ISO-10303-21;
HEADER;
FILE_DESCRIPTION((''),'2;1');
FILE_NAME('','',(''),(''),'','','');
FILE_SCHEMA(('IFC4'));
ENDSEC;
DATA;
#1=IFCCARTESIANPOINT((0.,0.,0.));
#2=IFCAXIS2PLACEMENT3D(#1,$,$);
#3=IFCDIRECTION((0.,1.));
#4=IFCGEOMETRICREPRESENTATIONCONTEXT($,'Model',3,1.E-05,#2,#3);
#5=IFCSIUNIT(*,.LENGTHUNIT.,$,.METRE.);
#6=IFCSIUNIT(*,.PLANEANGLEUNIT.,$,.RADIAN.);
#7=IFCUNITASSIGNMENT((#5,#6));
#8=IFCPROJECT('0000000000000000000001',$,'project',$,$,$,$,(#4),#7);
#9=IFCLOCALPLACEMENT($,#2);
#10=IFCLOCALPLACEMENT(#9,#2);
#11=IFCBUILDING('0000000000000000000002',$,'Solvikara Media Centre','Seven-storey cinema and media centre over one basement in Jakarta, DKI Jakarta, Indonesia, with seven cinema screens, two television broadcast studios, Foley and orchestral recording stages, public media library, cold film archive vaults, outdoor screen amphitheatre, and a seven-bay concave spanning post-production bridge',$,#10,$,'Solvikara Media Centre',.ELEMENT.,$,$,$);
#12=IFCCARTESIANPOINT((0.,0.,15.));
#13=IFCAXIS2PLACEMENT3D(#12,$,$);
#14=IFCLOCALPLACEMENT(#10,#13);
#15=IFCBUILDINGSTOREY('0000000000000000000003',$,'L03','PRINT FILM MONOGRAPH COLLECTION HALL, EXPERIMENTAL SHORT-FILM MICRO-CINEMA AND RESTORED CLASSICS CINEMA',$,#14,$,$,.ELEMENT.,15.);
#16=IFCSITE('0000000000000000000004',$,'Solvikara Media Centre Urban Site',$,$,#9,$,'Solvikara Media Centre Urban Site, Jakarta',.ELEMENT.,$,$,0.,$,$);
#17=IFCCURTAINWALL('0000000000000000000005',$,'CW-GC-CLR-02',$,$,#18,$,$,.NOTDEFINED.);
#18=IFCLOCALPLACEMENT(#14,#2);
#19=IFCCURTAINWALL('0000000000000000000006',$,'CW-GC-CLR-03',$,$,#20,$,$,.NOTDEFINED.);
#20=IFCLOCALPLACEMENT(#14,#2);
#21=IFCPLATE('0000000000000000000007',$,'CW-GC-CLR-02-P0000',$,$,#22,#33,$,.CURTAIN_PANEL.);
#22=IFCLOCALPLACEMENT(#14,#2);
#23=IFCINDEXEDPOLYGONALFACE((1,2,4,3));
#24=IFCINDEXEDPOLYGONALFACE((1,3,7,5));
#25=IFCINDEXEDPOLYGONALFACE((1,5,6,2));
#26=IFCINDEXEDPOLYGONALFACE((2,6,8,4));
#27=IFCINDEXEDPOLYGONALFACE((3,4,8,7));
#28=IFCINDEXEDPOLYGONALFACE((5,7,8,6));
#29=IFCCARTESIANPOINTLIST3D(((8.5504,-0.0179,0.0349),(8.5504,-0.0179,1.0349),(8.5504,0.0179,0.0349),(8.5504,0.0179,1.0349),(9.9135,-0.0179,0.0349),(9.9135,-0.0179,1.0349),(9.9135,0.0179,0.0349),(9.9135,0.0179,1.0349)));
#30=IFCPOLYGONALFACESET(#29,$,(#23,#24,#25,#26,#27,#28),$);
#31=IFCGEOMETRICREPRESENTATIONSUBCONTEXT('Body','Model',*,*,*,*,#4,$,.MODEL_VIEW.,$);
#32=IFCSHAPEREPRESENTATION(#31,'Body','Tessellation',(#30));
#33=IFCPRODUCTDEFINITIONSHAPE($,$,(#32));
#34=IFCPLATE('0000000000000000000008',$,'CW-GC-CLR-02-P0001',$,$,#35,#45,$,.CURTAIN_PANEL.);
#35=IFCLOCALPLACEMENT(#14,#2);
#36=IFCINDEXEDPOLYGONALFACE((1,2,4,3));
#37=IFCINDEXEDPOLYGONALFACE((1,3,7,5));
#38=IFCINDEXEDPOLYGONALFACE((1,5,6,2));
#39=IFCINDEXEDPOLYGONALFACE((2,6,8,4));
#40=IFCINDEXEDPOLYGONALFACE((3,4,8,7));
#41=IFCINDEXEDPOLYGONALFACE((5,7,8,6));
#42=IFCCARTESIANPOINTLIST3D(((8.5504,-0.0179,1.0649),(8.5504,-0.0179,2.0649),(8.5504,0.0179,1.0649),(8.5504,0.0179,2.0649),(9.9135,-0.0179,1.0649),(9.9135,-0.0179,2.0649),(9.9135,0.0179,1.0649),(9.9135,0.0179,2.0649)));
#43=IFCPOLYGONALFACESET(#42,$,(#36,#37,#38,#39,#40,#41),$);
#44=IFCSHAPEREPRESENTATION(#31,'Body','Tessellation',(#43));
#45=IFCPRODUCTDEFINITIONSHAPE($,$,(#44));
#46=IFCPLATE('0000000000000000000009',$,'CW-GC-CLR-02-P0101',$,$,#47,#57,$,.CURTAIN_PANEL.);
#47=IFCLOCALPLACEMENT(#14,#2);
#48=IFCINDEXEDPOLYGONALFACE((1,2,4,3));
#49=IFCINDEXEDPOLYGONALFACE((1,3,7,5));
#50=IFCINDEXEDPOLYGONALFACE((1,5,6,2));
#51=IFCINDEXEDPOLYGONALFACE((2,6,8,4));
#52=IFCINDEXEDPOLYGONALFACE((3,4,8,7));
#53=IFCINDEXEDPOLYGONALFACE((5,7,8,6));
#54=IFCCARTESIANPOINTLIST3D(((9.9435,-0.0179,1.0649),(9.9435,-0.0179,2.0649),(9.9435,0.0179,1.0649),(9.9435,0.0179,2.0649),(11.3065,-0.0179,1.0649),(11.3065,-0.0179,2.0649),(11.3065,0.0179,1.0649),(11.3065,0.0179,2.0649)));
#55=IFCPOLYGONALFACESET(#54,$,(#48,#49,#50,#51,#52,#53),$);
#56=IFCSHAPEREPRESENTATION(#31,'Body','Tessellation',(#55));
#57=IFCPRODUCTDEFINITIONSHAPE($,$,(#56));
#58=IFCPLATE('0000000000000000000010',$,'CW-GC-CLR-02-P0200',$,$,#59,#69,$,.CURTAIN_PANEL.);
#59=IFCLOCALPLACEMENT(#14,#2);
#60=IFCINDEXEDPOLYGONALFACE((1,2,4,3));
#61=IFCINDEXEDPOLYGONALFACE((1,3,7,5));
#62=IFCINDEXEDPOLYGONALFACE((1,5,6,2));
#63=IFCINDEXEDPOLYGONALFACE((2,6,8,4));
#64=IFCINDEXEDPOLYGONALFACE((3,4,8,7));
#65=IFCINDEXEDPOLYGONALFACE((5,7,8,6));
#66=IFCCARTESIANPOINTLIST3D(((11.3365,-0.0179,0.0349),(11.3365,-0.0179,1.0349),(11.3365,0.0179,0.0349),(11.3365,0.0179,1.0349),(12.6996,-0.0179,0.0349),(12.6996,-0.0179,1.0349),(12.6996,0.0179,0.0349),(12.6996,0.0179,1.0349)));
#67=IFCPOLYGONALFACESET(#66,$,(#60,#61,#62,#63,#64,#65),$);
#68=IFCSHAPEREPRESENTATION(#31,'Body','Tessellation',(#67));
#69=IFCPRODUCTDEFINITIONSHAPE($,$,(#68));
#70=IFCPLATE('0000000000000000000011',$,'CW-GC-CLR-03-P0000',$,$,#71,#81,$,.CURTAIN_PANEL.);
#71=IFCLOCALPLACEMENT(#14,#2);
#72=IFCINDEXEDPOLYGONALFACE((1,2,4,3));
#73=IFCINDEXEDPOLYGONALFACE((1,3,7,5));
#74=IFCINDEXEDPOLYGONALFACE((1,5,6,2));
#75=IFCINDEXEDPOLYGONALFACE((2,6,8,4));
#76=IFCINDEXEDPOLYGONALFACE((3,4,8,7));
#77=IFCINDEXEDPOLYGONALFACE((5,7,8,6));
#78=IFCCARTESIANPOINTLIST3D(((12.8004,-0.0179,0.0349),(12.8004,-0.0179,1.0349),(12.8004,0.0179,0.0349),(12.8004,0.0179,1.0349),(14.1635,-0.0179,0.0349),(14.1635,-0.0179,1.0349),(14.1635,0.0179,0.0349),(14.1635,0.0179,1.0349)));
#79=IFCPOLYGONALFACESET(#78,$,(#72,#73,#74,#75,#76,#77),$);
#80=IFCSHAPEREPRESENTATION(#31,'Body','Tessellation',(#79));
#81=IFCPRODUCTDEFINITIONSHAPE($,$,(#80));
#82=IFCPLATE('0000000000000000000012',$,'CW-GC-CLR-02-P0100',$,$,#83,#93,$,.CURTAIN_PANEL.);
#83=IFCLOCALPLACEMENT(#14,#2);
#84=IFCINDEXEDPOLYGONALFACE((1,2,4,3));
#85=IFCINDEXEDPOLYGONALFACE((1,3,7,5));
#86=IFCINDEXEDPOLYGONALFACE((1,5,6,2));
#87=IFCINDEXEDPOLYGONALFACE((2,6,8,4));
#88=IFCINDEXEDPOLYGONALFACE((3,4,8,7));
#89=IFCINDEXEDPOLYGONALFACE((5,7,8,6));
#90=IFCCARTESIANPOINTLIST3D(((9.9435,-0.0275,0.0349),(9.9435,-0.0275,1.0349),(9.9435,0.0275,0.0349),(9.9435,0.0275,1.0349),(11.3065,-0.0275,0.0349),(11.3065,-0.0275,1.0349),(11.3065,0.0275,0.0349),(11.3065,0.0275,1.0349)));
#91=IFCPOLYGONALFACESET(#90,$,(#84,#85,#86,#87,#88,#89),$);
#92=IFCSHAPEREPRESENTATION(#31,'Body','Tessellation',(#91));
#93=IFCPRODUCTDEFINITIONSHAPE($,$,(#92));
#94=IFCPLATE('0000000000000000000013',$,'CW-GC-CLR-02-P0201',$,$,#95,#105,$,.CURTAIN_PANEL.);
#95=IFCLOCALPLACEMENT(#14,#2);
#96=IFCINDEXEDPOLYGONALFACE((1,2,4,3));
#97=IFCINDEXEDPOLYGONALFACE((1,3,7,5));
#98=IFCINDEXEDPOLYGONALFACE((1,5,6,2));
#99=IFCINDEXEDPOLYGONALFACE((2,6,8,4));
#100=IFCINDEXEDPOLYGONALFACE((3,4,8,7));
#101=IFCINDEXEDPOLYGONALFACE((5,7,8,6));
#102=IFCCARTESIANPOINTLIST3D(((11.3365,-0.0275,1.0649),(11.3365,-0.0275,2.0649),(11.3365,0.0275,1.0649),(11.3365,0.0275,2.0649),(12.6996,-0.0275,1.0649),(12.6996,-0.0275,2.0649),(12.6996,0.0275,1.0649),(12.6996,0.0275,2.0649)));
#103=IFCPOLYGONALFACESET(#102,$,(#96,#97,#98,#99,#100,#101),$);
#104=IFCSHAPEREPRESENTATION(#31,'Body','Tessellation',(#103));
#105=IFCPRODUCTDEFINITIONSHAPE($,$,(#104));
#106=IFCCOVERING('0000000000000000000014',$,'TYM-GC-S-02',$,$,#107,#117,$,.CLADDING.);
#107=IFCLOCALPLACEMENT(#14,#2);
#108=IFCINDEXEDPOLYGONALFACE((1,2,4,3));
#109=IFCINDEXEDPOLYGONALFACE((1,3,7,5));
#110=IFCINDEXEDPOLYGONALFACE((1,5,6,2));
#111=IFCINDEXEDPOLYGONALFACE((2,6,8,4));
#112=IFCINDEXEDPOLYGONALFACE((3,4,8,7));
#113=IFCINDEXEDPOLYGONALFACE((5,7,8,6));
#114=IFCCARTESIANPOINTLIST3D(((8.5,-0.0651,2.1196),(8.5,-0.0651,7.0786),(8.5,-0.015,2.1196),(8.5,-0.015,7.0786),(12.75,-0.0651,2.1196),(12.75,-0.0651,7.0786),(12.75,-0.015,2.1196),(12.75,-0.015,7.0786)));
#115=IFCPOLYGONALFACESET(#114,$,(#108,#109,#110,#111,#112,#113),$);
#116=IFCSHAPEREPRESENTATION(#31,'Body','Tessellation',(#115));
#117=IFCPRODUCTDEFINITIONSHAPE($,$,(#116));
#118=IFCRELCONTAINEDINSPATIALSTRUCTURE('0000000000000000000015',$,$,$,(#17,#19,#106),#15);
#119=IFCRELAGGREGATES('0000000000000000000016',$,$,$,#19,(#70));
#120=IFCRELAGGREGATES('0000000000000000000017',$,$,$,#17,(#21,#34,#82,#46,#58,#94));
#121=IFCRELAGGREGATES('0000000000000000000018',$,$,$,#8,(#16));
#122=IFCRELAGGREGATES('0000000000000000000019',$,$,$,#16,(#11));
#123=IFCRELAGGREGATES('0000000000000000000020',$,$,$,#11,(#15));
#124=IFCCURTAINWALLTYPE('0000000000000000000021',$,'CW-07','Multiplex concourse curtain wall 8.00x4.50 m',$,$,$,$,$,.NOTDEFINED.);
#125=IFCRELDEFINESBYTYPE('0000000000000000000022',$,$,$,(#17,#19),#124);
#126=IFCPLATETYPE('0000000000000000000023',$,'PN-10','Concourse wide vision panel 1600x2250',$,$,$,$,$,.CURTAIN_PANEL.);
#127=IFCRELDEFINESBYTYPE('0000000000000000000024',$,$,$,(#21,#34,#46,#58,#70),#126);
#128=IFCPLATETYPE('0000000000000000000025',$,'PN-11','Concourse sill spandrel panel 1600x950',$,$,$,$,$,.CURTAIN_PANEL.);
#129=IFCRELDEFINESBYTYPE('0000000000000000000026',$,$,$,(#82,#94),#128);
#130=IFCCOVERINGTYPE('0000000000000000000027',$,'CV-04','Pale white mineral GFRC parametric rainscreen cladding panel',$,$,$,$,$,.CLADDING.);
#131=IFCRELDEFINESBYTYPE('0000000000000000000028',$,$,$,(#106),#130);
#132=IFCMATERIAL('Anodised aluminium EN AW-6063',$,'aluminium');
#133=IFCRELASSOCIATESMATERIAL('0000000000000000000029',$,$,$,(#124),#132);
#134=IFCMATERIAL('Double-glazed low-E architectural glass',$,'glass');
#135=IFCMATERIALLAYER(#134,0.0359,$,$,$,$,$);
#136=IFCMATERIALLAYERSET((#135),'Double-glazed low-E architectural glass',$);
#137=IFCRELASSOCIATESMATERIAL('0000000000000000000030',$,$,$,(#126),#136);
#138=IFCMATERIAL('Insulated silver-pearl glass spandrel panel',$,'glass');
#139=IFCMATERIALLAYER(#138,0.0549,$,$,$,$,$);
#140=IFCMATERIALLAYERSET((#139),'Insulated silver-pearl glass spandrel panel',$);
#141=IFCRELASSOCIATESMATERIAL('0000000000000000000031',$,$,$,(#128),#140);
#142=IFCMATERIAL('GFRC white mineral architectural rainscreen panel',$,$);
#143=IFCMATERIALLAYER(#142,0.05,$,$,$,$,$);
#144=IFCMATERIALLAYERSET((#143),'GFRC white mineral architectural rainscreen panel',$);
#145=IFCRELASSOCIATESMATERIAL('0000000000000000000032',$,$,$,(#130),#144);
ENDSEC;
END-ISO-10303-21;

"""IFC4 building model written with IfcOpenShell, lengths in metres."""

from ifc_helpers import new_model, si_unit, direction, frame, origin, origin_2d, place, context, subcontext, project, spatial, rectangle, extrude, material, layer, layer_set, type_object, element, aggregate, save


model = new_model("IFC4")

# Units and contexts
model_context = context("Model", 3, precision=1e-05, world=origin(), true_north=direction((0.0, 1.0)))
body_context = subcontext(model_context, "Body", "Model", "MODEL_VIEW")
ifc_project = project(units=[si_unit("LENGTHUNIT", "METRE"), si_unit("PLANEANGLEUNIT", "RADIAN")], contexts=[model_context])

# Site, building, storey
site_placement = place(None, origin())
site = spatial("IfcSite", under=ifc_project, at=site_placement, Name="Solvikara Media Centre Urban Site", LongName="Solvikara Media Centre Urban Site, Jakarta", CompositionType="ELEMENT", RefElevation=0.0)
building_placement = place(site_placement, origin())
building = spatial("IfcBuilding", under=site, at=building_placement, Name="Solvikara Media Centre", Description="Seven-storey cinema and media centre over one basement in Jakarta, DKI Jakarta, Indonesia, with seven cinema screens, two television broadcast studios, Foley and orchestral recording stages, public media library, cold film archive vaults, outdoor screen amphitheatre, and a seven-bay concave spanning post-production bridge", LongName="Solvikara Media Centre", CompositionType="ELEMENT")
storey_placement = place(building_placement, frame((0.0, 0.0, 15.0)))
storey = spatial("IfcBuildingStorey", under=building, at=storey_placement, Name="L03", Description="PRINT FILM MONOGRAPH COLLECTION HALL, EXPERIMENTAL SHORT-FILM MICRO-CINEMA AND RESTORED CLASSICS CINEMA", CompositionType="ELEMENT", Elevation=15.0)

# Curtain wall
ifc_material_1 = material(Name="Anodised aluminium EN AW-6063", Category="aluminium")
curtain_wall_type = type_object("IfcCurtainWallType", Name="CW-07", Description="Multiplex concourse curtain wall 8.00x4.50 m", PredefinedType="NOTDEFINED", material=ifc_material_1)
curtain_wall_1_placement = place(storey_placement, origin())
curtain_wall_1 = element("IfcCurtainWall", 1, at=curtain_wall_1_placement, inside=storey, type_object=curtain_wall_type, Name="CW-GC-CLR-02", PredefinedType="NOTDEFINED")

# Curtain wall
curtain_wall_2_placement = place(storey_placement, origin())
curtain_wall_2 = element("IfcCurtainWall", 2, at=curtain_wall_2_placement, inside=storey, type_object=curtain_wall_type, Name="CW-GC-CLR-03", PredefinedType="NOTDEFINED")

# Plates
ifc_material_2 = material(Name="Double-glazed low-E architectural glass", Category="glass")
ifc_layer_1 = layer(ifc_material_2, 0.0359)
ifc_layer_set_1 = layer_set([ifc_layer_1], Name="Double-glazed low-E architectural glass")
plate_type_1 = type_object("IfcPlateType", Name="PN-10", Description="Concourse wide vision panel 1600x2250", PredefinedType="CURTAIN_PANEL", material=ifc_layer_set_1)
plate_1_placement = place(storey_placement, frame((9.2319, 0.0, 0.0349), z_axis=(0.0, 0.0, 1.0), x_axis=(1.0, 0.0, 0.0)))
plate_1 = element("IfcPlate", 3, at=plate_1_placement, type_object=plate_type_1, Name="CW-GC-CLR-02-P0000", PredefinedType="CURTAIN_PANEL", context=body_context, shape_type="SweptSolid", body=[
    extrude(rectangle(XDim=1.363, YDim=0.0359, at=origin_2d()), origin(), (0.0, 0.0, 1.0), 1.0),
])
plate_2_placement = place(storey_placement, frame((9.2319, 0.0, 1.0649), z_axis=(0.0, 0.0, 1.0), x_axis=(1.0, 0.0, 0.0)))
plate_2 = element("IfcPlate", 4, at=plate_2_placement, type_object=plate_type_1, Name="CW-GC-CLR-02-P0001", PredefinedType="CURTAIN_PANEL", context=body_context, shape_type="SweptSolid", body=[
    extrude(rectangle(XDim=1.363, YDim=0.0359, at=origin_2d()), origin(), (0.0, 0.0, 1.0), 1.0),
])
plate_3_placement = place(storey_placement, frame((10.625, 0.0, 1.0649), z_axis=(0.0, 0.0, 1.0), x_axis=(1.0, 0.0, 0.0)))
plate_3 = element("IfcPlate", 5, at=plate_3_placement, type_object=plate_type_1, Name="CW-GC-CLR-02-P0101", PredefinedType="CURTAIN_PANEL", context=body_context, shape_type="SweptSolid", body=[
    extrude(rectangle(XDim=1.363, YDim=0.0359, at=origin_2d()), origin(), (0.0, 0.0, 1.0), 1.0),
])
plate_4_placement = place(storey_placement, frame((12.0181, 0.0, 0.0349), z_axis=(0.0, 0.0, 1.0), x_axis=(1.0, 0.0, 0.0)))
plate_4 = element("IfcPlate", 6, at=plate_4_placement, type_object=plate_type_1, Name="CW-GC-CLR-02-P0200", PredefinedType="CURTAIN_PANEL", context=body_context, shape_type="SweptSolid", body=[
    extrude(rectangle(XDim=1.363, YDim=0.0359, at=origin_2d()), origin(), (0.0, 0.0, 1.0), 1.0),
])
plate_5_placement = place(storey_placement, frame((13.4819, 0.0, 0.0349), z_axis=(0.0, 0.0, 1.0), x_axis=(1.0, 0.0, 0.0)))
plate_5 = element("IfcPlate", 7, at=plate_5_placement, type_object=plate_type_1, Name="CW-GC-CLR-03-P0000", PredefinedType="CURTAIN_PANEL", context=body_context, shape_type="SweptSolid", body=[
    extrude(rectangle(XDim=1.363, YDim=0.0359, at=origin_2d()), origin(), (0.0, 0.0, 1.0), 1.0),
])
aggregate(curtain_wall_2, [plate_5])
ifc_material_3 = material(Name="Insulated silver-pearl glass spandrel panel", Category="glass")
ifc_layer_2 = layer(ifc_material_3, 0.0549)
ifc_layer_set_2 = layer_set([ifc_layer_2], Name="Insulated silver-pearl glass spandrel panel")
plate_type_2 = type_object("IfcPlateType", Name="PN-11", Description="Concourse sill spandrel panel 1600x950", PredefinedType="CURTAIN_PANEL", material=ifc_layer_set_2)
plate_6_placement = place(storey_placement, frame((10.625, 0.0, 0.0349), z_axis=(0.0, 0.0, 1.0), x_axis=(1.0, 0.0, 0.0)))
plate_6 = element("IfcPlate", 8, at=plate_6_placement, type_object=plate_type_2, Name="CW-GC-CLR-02-P0100", PredefinedType="CURTAIN_PANEL", context=body_context, shape_type="SweptSolid", body=[
    extrude(rectangle(XDim=1.363, YDim=0.0549, at=origin_2d()), origin(), (0.0, 0.0, 1.0), 1.0),
])
plate_7_placement = place(storey_placement, frame((12.0181, 0.0, 1.0649), z_axis=(0.0, 0.0, 1.0), x_axis=(1.0, 0.0, 0.0)))
plate_7 = element("IfcPlate", 9, at=plate_7_placement, type_object=plate_type_2, Name="CW-GC-CLR-02-P0201", PredefinedType="CURTAIN_PANEL", context=body_context, shape_type="SweptSolid", body=[
    extrude(rectangle(XDim=1.363, YDim=0.0549, at=origin_2d()), origin(), (0.0, 0.0, 1.0), 1.0),
])
aggregate(curtain_wall_1, [plate_1, plate_2, plate_6, plate_3, plate_4, plate_7])

# Covering
ifc_material_4 = material(Name="GFRC white mineral architectural rainscreen panel")
ifc_layer_3 = layer(ifc_material_4, 0.05)
ifc_layer_set_3 = layer_set([ifc_layer_3], Name="GFRC white mineral architectural rainscreen panel")
covering_type = type_object("IfcCoveringType", Name="CV-04", Description="Pale white mineral GFRC parametric rainscreen cladding panel", PredefinedType="CLADDING", material=ifc_layer_set_3)
covering_placement = place(storey_placement, frame((10.625, -0.04, 2.1196), z_axis=(0.0, 0.0, 1.0), x_axis=(1.0, 0.0, 0.0)))
element("IfcCovering", 10, at=covering_placement, inside=storey, type_object=covering_type, Name="TYM-GC-S-02", PredefinedType="CLADDING", context=body_context, shape_type="SweptSolid", body=[
    extrude(rectangle(XDim=4.25, YDim=0.05, at=origin_2d()), origin(), (0.0, 0.0, 1.0), 4.959),
])

save(model, "model.ifc")
